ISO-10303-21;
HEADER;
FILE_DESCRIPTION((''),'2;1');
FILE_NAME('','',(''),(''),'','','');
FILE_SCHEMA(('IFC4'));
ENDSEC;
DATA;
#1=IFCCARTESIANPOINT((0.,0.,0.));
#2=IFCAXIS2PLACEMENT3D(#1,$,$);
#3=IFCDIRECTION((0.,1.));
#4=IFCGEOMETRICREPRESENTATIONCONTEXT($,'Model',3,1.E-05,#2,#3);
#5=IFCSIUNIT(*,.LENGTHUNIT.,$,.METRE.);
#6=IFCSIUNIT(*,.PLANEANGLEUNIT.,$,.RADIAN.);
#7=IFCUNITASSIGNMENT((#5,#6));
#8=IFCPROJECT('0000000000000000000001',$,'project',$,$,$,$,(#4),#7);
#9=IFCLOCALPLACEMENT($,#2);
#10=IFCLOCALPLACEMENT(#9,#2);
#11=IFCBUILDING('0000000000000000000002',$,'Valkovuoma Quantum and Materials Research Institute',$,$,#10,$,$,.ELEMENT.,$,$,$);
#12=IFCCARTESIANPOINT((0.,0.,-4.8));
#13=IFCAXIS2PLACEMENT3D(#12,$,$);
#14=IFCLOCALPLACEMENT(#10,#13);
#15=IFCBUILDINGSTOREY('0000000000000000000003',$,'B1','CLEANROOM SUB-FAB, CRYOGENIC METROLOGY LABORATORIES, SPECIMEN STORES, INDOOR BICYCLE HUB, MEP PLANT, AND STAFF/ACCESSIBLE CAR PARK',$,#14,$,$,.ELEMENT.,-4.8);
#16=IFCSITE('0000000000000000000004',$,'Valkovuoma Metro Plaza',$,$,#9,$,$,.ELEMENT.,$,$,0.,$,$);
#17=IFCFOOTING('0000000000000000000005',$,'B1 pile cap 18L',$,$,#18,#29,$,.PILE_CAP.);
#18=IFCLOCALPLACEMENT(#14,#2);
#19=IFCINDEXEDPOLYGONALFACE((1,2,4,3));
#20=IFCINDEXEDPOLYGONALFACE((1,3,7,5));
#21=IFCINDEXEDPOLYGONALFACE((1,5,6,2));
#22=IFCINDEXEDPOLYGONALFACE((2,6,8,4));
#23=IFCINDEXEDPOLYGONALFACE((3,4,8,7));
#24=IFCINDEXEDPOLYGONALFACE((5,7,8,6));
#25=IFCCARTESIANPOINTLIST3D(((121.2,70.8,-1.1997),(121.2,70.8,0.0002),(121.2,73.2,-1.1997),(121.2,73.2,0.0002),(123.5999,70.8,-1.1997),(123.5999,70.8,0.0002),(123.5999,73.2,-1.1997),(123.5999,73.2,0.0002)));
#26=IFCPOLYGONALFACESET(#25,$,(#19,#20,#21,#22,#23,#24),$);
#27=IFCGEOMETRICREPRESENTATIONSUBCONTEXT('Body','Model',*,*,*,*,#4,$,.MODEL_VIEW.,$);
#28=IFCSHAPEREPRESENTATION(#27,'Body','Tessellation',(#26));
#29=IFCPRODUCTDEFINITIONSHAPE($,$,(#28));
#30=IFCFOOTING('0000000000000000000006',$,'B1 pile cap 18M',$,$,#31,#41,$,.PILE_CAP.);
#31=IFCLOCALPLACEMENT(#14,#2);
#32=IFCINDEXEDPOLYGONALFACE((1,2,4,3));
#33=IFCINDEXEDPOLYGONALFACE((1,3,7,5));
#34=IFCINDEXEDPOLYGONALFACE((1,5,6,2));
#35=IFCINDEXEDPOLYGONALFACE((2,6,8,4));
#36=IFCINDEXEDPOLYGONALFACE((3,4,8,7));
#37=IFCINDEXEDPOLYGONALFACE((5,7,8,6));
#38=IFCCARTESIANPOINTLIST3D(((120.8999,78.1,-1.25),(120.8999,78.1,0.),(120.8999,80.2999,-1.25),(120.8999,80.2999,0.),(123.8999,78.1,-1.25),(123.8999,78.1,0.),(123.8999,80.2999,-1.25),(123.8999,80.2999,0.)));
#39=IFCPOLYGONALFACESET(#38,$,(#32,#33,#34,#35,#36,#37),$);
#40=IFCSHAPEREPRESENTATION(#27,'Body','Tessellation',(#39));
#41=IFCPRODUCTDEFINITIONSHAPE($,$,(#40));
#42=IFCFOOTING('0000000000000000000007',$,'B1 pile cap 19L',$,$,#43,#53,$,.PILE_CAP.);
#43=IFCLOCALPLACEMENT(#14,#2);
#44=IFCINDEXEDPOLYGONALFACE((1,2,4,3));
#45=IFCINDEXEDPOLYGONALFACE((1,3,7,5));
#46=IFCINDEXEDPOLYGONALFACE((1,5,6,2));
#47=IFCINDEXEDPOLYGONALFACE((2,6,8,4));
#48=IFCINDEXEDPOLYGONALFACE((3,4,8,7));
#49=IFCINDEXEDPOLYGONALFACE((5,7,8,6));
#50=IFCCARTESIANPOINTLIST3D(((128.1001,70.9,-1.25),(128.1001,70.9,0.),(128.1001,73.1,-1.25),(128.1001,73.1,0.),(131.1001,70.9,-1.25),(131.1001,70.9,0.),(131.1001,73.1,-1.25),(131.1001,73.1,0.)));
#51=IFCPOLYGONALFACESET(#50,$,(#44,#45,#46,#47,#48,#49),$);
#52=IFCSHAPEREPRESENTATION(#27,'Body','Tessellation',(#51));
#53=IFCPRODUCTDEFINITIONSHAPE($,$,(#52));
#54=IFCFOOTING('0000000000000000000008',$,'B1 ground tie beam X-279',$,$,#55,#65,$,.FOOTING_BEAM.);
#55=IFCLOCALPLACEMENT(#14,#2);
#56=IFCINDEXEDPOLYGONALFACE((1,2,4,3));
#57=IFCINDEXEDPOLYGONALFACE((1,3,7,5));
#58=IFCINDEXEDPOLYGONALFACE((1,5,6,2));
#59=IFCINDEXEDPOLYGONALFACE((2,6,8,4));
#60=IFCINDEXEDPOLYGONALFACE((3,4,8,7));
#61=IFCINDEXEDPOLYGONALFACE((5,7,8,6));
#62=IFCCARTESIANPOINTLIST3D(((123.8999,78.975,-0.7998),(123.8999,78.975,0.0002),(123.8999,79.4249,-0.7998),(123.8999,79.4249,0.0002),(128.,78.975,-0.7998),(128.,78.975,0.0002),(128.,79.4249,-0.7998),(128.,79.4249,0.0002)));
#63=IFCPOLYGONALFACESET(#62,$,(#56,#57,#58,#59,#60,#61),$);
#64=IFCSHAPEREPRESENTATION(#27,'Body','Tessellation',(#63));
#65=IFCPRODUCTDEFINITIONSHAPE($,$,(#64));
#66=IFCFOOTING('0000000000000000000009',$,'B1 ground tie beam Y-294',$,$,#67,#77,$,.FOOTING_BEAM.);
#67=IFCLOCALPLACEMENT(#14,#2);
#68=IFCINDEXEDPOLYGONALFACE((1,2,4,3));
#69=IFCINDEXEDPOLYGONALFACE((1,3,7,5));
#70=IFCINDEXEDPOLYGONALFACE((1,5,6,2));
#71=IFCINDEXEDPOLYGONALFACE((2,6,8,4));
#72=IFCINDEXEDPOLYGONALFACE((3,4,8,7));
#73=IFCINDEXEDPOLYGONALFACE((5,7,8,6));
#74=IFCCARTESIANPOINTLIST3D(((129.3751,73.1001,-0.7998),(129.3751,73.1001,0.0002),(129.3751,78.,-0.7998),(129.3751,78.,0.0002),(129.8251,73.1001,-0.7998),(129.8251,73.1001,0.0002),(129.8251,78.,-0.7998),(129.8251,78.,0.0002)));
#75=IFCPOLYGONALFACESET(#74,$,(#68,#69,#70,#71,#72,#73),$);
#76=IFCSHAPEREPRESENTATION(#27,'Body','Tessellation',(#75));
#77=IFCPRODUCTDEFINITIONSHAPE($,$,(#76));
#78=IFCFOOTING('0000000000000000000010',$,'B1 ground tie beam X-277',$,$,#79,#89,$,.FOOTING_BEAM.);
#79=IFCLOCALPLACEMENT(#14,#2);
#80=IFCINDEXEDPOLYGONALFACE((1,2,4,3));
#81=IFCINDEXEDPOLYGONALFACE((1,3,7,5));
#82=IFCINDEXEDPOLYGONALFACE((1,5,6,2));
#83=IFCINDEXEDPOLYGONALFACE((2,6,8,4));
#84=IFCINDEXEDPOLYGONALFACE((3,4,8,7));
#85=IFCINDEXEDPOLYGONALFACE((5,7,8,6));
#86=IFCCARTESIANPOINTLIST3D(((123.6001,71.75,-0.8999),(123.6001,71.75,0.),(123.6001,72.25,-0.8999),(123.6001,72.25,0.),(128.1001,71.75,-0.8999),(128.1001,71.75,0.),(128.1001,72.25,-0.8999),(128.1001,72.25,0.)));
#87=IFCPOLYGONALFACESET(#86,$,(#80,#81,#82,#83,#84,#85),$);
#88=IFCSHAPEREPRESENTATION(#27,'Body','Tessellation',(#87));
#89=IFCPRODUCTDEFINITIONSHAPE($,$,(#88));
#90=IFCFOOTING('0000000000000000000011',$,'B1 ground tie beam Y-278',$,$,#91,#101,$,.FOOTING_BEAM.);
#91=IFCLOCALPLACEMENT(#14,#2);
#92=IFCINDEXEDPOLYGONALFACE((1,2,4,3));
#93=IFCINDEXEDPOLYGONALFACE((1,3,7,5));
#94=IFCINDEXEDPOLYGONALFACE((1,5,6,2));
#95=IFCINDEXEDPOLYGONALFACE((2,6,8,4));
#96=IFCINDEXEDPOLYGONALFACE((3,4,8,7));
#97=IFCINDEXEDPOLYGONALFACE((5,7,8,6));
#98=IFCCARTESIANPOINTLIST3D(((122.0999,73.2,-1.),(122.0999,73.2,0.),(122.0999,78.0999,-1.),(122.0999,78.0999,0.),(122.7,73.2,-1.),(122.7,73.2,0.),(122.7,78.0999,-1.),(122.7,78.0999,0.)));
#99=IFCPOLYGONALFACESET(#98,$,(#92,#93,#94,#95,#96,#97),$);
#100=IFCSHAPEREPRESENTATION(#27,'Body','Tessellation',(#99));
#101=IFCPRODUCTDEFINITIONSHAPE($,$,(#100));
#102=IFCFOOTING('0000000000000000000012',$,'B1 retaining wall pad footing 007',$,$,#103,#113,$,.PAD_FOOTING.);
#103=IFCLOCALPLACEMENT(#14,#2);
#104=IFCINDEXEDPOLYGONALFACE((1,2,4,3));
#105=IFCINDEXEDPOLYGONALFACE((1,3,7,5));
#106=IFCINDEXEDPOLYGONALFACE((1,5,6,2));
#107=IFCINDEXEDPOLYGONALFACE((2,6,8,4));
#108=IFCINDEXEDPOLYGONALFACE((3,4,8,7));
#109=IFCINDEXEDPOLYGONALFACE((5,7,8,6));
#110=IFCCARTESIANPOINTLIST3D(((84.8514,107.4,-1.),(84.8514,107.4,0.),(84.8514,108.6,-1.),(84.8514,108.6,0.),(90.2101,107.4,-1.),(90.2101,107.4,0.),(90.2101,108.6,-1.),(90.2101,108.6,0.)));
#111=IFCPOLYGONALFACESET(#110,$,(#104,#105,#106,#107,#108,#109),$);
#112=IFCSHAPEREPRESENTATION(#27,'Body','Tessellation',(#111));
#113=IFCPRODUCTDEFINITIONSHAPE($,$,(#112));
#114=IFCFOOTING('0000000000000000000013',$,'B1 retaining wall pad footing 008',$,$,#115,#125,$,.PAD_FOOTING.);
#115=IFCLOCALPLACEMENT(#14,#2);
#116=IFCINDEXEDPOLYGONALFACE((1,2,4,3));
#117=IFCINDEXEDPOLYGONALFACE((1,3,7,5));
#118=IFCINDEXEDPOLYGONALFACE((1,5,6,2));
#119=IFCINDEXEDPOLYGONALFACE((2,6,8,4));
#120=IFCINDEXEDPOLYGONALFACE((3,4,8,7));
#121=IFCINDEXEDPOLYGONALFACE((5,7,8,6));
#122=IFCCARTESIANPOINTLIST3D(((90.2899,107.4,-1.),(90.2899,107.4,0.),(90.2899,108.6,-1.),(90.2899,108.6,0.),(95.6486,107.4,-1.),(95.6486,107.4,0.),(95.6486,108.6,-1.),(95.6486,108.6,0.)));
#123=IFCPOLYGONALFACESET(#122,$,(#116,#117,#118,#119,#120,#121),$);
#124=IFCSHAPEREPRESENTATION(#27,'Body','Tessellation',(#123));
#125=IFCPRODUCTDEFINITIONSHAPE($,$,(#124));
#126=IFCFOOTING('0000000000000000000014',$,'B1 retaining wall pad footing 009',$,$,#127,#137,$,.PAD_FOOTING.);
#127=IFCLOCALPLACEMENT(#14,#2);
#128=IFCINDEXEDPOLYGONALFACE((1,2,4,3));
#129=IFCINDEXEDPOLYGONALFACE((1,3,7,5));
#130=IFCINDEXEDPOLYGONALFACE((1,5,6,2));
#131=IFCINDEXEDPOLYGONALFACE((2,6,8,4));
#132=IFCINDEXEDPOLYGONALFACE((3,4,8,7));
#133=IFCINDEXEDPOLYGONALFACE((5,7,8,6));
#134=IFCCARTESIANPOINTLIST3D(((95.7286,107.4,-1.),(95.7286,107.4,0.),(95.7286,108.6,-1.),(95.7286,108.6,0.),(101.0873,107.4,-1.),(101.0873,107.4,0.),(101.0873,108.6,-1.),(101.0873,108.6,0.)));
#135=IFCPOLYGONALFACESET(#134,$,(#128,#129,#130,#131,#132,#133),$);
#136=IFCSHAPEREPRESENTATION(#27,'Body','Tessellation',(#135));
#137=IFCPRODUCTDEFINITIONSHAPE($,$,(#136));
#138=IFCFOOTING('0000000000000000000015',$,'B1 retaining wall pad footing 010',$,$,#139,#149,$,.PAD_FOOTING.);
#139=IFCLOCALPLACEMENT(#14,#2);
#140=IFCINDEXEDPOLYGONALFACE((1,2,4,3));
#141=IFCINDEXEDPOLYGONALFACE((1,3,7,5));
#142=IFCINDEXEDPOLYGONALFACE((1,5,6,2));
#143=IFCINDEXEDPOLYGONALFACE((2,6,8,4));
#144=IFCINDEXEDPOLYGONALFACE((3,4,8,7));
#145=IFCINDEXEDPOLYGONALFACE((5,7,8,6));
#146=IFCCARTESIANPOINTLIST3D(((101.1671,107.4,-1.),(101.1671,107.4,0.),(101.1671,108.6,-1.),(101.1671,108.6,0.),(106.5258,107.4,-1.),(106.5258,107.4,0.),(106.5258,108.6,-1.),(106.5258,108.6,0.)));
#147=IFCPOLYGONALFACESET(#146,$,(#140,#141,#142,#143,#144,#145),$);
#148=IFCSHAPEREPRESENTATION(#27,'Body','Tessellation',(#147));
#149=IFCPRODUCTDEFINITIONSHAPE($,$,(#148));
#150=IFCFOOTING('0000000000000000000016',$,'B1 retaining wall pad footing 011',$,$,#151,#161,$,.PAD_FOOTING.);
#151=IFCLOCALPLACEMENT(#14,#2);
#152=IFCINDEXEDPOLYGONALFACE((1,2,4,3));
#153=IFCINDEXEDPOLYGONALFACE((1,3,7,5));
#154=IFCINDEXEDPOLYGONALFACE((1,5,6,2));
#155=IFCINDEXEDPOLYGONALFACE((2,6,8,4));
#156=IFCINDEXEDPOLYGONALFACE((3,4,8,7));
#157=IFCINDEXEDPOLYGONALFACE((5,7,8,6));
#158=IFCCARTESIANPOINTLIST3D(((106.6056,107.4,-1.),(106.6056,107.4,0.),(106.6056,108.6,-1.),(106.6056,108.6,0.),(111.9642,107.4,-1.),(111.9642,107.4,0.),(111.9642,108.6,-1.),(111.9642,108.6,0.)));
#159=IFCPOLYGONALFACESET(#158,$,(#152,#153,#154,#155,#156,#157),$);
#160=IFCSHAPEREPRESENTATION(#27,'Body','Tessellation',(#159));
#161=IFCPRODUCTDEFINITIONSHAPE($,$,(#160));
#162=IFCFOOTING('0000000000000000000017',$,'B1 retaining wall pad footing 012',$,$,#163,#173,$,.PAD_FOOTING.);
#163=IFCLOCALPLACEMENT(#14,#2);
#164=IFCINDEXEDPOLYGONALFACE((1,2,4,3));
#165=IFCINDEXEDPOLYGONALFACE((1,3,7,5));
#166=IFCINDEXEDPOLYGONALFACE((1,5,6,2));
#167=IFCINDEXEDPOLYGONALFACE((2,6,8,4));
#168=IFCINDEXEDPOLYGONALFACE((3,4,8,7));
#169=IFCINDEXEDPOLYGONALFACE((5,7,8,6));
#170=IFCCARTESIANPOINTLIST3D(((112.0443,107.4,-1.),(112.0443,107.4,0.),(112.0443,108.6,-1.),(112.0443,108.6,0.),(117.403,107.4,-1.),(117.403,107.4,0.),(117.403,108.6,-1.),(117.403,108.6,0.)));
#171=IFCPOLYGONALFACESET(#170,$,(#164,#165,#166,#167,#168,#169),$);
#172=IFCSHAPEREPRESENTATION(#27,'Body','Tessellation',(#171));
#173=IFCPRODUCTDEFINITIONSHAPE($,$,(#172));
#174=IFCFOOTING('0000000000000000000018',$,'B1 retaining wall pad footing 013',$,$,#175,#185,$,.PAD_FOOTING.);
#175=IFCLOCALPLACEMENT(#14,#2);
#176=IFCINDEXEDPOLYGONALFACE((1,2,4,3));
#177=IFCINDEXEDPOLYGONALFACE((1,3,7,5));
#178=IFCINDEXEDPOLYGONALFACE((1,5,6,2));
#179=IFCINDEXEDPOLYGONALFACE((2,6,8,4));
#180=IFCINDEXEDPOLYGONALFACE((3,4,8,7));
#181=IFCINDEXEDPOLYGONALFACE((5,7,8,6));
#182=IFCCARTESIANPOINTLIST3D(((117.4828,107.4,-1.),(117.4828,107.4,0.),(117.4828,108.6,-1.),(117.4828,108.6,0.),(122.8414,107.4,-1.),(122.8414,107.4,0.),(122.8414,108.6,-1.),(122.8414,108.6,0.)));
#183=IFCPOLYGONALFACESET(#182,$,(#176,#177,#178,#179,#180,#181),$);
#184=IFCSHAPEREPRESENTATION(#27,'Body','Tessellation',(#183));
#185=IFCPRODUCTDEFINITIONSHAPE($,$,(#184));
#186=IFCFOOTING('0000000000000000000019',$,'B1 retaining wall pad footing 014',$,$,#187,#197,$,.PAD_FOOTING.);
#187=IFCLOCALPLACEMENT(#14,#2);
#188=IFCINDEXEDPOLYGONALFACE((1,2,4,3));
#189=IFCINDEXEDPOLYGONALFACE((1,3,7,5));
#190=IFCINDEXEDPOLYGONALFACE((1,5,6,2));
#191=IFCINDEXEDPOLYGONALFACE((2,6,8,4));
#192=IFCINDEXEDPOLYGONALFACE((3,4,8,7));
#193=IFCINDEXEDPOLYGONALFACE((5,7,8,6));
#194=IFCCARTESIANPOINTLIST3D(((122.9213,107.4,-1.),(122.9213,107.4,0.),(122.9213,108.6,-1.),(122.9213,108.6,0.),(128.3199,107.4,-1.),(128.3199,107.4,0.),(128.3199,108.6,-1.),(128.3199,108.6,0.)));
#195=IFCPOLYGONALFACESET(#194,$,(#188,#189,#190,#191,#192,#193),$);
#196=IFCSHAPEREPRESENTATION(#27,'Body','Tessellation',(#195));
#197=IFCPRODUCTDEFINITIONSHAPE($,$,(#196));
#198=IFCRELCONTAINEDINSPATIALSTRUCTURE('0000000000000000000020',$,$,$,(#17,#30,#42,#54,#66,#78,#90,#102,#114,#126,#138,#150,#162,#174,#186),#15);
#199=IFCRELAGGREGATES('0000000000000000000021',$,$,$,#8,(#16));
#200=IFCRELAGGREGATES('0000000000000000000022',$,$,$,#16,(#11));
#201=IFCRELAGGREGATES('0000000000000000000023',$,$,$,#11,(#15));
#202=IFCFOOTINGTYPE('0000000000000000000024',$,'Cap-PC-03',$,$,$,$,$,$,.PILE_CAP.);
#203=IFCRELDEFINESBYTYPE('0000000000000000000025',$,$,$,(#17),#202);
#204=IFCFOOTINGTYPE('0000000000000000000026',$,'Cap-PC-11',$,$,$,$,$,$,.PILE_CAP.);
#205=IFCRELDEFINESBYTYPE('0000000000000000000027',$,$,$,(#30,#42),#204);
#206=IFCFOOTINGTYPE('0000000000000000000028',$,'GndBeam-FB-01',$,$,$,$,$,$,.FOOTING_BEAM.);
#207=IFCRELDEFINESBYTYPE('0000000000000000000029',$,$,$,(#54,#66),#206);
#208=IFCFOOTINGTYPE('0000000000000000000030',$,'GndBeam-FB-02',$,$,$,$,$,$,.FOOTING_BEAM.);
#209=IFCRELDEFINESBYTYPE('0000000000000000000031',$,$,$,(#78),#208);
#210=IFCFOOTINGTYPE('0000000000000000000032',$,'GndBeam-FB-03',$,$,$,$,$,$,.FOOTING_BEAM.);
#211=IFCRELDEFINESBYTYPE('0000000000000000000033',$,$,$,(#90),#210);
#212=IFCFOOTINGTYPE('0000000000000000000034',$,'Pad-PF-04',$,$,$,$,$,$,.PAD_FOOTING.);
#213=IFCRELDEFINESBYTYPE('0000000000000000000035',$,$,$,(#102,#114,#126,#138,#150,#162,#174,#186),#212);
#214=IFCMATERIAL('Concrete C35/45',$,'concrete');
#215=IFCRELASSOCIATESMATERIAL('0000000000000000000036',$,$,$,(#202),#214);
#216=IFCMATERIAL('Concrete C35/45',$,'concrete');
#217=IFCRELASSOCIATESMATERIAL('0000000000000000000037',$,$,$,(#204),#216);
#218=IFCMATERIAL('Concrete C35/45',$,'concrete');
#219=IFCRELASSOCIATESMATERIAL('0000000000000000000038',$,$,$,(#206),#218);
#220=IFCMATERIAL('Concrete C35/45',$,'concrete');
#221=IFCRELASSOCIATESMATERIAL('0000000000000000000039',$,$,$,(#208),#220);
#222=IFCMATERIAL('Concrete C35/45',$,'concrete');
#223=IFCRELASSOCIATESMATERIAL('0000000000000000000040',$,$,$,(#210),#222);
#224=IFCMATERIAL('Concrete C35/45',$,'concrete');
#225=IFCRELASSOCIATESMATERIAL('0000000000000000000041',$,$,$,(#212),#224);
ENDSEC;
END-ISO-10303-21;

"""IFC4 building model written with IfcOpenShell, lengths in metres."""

from ifc_helpers import new_model, si_unit, direction, frame, origin, origin_2d, place, context, subcontext, project, spatial, rectangle, extrude, material, type_object, element, save


model = new_model("IFC4")

# Units and contexts
model_context = context("Model", 3, precision=1e-05, world=origin(), true_north=direction((0.0, 1.0)))
body_context = subcontext(model_context, "Body", "Model", "MODEL_VIEW")
ifc_project = project(units=[si_unit("LENGTHUNIT", "METRE"), si_unit("PLANEANGLEUNIT", "RADIAN")], contexts=[model_context])

# Site, building, storey
site_placement = place(None, origin())
site = spatial("IfcSite", under=ifc_project, at=site_placement, Name="Valkovuoma Metro Plaza", CompositionType="ELEMENT", RefElevation=0.0)
building_placement = place(site_placement, origin())
building = spatial("IfcBuilding", under=site, at=building_placement, Name="Valkovuoma Quantum and Materials Research Institute", CompositionType="ELEMENT")
storey_placement = place(building_placement, frame((0.0, 0.0, -4.8)))
storey = spatial("IfcBuildingStorey", under=building, at=storey_placement, Name="B1", Description="CLEANROOM SUB-FAB, CRYOGENIC METROLOGY LABORATORIES, SPECIMEN STORES, INDOOR BICYCLE HUB, MEP PLANT, AND STAFF/ACCESSIBLE CAR PARK", CompositionType="ELEMENT", Elevation=-4.8)

# Footings
ifc_material_1 = material(Name="Concrete C35/45", Category="concrete")
footing_type_1 = type_object("IfcFootingType", Name="Cap-PC-03", PredefinedType="PILE_CAP", material=ifc_material_1)
footing_1_placement = place(storey_placement, frame((122.3999, 72.0, -1.1997), z_axis=(0.0, 0.0, 1.0), x_axis=(1.0, 0.0, 0.0)))
element("IfcFooting", 1, at=footing_1_placement, inside=storey, type_object=footing_type_1, Name="B1 pile cap 18L", PredefinedType="PILE_CAP", context=body_context, shape_type="SweptSolid", body=[
    extrude(rectangle(XDim=2.3999, YDim=2.3999, at=origin_2d()), origin(), (0.0, 0.0, 1.0), 1.2),
])
ifc_material_2 = material(Name="Concrete C35/45", Category="concrete")
footing_type_2 = type_object("IfcFootingType", Name="Cap-PC-11", PredefinedType="PILE_CAP", material=ifc_material_2)
for number, where, z_axis, x_axis, name in (
    (2, (122.3999, 79.2, -1.25), (0.0, 0.0, 1.0), (1.0, 0.0, 0.0), "B1 pile cap 18M"),
    (3, (129.6001, 72.0, -1.25), (0.0, 0.0, 1.0), (1.0, 0.0, 0.0), "B1 pile cap 19L"),
):
    element("IfcFooting", number, at=place(storey_placement, frame(where, z_axis=z_axis, x_axis=x_axis)), inside=storey, type_object=footing_type_2, Name=name, PredefinedType="PILE_CAP", context=body_context, shape_type="SweptSolid", body=[
        extrude(rectangle(XDim=3.0, YDim=2.2, at=origin_2d()), origin(), (0.0, 0.0, 1.0), 1.25),
    ])
ifc_material_3 = material(Name="Concrete C35/45", Category="concrete")
footing_type_3 = type_object("IfcFootingType", Name="GndBeam-FB-01", PredefinedType="FOOTING_BEAM", material=ifc_material_3)
footing_2_placement = place(storey_placement, frame((125.95, 79.2, -0.7998), z_axis=(0.0, 0.0, 1.0), x_axis=(1.0, 0.0, 0.0)))
element("IfcFooting", 4, at=footing_2_placement, inside=storey, type_object=footing_type_3, Name="B1 ground tie beam X-279", PredefinedType="FOOTING_BEAM", context=body_context, shape_type="SweptSolid", body=[
    extrude(rectangle(XDim=4.1001, YDim=0.45, at=origin_2d()), origin(), (0.0, 0.0, 1.0), 0.8),
])
footing_3_placement = place(storey_placement, frame((129.6001, 75.55, -0.7998), z_axis=(0.0, 0.0, 1.0), x_axis=(0.0, 1.0, 0.0)))
element("IfcFooting", 5, at=footing_3_placement, inside=storey, type_object=footing_type_3, Name="B1 ground tie beam Y-294", PredefinedType="FOOTING_BEAM", context=body_context, shape_type="SweptSolid", body=[
    extrude(rectangle(XDim=4.8999, YDim=0.45, at=origin_2d()), origin(), (0.0, 0.0, 1.0), 0.8),
])
ifc_material_4 = material(Name="Concrete C35/45", Category="concrete")
footing_type_4 = type_object("IfcFootingType", Name="GndBeam-FB-02", PredefinedType="FOOTING_BEAM", material=ifc_material_4)
footing_4_placement = place(storey_placement, frame((125.8501, 72.0, -0.8999), z_axis=(0.0, 0.0, 1.0), x_axis=(1.0, 0.0, 0.0)))
element("IfcFooting", 6, at=footing_4_placement, inside=storey, type_object=footing_type_4, Name="B1 ground tie beam X-277", PredefinedType="FOOTING_BEAM", context=body_context, shape_type="SweptSolid", body=[
    extrude(rectangle(XDim=4.5, YDim=0.5, at=origin_2d()), origin(), (0.0, 0.0, 1.0), 0.8999),
])
ifc_material_5 = material(Name="Concrete C35/45", Category="concrete")
footing_type_5 = type_object("IfcFootingType", Name="GndBeam-FB-03", PredefinedType="FOOTING_BEAM", material=ifc_material_5)
footing_5_placement = place(storey_placement, frame((122.3999, 75.6499, -1.0), z_axis=(0.0, 0.0, 1.0), x_axis=(0.0, 1.0, 0.0)))
element("IfcFooting", 7, at=footing_5_placement, inside=storey, type_object=footing_type_5, Name="B1 ground tie beam Y-278", PredefinedType="FOOTING_BEAM", context=body_context, shape_type="SweptSolid", body=[
    extrude(rectangle(XDim=4.8999, YDim=0.6001, at=origin_2d()), origin(), (0.0, 0.0, 1.0), 1.0),
])
ifc_material_6 = material(Name="Concrete C35/45", Category="concrete")
footing_type_6 = type_object("IfcFootingType", Name="Pad-PF-04", PredefinedType="PAD_FOOTING", material=ifc_material_6)
for number, where, z_axis, x_axis, name in (
    (8, (87.5308, 108.0, -1.0), (0.0, 0.0, 1.0), (1.0, 0.0, 0.0), "B1 retaining wall pad footing 007"),
    (9, (92.9692, 108.0, -1.0), (0.0, 0.0, 1.0), (1.0, 0.0, 0.0), "B1 retaining wall pad footing 008"),
    (10, (98.408, 108.0, -1.0), (0.0, 0.0, 1.0), (1.0, 0.0, 0.0), "B1 retaining wall pad footing 009"),
    (11, (103.8464, 108.0, -1.0), (0.0, 0.0, 1.0), (1.0, 0.0, 0.0), "B1 retaining wall pad footing 010"),
    (12, (109.2849, 108.0, -1.0), (0.0, 0.0, 1.0), (1.0, 0.0, 0.0), "B1 retaining wall pad footing 011"),
    (13, (114.7236, 108.0, -1.0), (0.0, 0.0, 1.0), (1.0, 0.0, 0.0), "B1 retaining wall pad footing 012"),
    (14, (120.1621, 108.0, -1.0), (0.0, 0.0, 1.0), (1.0, 0.0, 0.0), "B1 retaining wall pad footing 013"),
):
    element("IfcFooting", number, at=place(storey_placement, frame(where, z_axis=z_axis, x_axis=x_axis)), inside=storey, type_object=footing_type_6, Name=name, PredefinedType="PAD_FOOTING", context=body_context, shape_type="SweptSolid", body=[
        extrude(rectangle(XDim=5.3586, YDim=1.2, at=origin_2d()), origin(), (0.0, 0.0, 1.0), 1.0),
    ])
footing_6_placement = place(storey_placement, frame((125.6206, 108.0, -1.0), z_axis=(0.0, 0.0, 1.0), x_axis=(1.0, 0.0, 0.0)))
element("IfcFooting", 15, at=footing_6_placement, inside=storey, type_object=footing_type_6, Name="B1 retaining wall pad footing 014", PredefinedType="PAD_FOOTING", context=body_context, shape_type="SweptSolid", body=[
    extrude(rectangle(XDim=5.3987, YDim=1.2, at=origin_2d()), origin(), (0.0, 0.0, 1.0), 1.0),
])

save(model, "model.ifc")
